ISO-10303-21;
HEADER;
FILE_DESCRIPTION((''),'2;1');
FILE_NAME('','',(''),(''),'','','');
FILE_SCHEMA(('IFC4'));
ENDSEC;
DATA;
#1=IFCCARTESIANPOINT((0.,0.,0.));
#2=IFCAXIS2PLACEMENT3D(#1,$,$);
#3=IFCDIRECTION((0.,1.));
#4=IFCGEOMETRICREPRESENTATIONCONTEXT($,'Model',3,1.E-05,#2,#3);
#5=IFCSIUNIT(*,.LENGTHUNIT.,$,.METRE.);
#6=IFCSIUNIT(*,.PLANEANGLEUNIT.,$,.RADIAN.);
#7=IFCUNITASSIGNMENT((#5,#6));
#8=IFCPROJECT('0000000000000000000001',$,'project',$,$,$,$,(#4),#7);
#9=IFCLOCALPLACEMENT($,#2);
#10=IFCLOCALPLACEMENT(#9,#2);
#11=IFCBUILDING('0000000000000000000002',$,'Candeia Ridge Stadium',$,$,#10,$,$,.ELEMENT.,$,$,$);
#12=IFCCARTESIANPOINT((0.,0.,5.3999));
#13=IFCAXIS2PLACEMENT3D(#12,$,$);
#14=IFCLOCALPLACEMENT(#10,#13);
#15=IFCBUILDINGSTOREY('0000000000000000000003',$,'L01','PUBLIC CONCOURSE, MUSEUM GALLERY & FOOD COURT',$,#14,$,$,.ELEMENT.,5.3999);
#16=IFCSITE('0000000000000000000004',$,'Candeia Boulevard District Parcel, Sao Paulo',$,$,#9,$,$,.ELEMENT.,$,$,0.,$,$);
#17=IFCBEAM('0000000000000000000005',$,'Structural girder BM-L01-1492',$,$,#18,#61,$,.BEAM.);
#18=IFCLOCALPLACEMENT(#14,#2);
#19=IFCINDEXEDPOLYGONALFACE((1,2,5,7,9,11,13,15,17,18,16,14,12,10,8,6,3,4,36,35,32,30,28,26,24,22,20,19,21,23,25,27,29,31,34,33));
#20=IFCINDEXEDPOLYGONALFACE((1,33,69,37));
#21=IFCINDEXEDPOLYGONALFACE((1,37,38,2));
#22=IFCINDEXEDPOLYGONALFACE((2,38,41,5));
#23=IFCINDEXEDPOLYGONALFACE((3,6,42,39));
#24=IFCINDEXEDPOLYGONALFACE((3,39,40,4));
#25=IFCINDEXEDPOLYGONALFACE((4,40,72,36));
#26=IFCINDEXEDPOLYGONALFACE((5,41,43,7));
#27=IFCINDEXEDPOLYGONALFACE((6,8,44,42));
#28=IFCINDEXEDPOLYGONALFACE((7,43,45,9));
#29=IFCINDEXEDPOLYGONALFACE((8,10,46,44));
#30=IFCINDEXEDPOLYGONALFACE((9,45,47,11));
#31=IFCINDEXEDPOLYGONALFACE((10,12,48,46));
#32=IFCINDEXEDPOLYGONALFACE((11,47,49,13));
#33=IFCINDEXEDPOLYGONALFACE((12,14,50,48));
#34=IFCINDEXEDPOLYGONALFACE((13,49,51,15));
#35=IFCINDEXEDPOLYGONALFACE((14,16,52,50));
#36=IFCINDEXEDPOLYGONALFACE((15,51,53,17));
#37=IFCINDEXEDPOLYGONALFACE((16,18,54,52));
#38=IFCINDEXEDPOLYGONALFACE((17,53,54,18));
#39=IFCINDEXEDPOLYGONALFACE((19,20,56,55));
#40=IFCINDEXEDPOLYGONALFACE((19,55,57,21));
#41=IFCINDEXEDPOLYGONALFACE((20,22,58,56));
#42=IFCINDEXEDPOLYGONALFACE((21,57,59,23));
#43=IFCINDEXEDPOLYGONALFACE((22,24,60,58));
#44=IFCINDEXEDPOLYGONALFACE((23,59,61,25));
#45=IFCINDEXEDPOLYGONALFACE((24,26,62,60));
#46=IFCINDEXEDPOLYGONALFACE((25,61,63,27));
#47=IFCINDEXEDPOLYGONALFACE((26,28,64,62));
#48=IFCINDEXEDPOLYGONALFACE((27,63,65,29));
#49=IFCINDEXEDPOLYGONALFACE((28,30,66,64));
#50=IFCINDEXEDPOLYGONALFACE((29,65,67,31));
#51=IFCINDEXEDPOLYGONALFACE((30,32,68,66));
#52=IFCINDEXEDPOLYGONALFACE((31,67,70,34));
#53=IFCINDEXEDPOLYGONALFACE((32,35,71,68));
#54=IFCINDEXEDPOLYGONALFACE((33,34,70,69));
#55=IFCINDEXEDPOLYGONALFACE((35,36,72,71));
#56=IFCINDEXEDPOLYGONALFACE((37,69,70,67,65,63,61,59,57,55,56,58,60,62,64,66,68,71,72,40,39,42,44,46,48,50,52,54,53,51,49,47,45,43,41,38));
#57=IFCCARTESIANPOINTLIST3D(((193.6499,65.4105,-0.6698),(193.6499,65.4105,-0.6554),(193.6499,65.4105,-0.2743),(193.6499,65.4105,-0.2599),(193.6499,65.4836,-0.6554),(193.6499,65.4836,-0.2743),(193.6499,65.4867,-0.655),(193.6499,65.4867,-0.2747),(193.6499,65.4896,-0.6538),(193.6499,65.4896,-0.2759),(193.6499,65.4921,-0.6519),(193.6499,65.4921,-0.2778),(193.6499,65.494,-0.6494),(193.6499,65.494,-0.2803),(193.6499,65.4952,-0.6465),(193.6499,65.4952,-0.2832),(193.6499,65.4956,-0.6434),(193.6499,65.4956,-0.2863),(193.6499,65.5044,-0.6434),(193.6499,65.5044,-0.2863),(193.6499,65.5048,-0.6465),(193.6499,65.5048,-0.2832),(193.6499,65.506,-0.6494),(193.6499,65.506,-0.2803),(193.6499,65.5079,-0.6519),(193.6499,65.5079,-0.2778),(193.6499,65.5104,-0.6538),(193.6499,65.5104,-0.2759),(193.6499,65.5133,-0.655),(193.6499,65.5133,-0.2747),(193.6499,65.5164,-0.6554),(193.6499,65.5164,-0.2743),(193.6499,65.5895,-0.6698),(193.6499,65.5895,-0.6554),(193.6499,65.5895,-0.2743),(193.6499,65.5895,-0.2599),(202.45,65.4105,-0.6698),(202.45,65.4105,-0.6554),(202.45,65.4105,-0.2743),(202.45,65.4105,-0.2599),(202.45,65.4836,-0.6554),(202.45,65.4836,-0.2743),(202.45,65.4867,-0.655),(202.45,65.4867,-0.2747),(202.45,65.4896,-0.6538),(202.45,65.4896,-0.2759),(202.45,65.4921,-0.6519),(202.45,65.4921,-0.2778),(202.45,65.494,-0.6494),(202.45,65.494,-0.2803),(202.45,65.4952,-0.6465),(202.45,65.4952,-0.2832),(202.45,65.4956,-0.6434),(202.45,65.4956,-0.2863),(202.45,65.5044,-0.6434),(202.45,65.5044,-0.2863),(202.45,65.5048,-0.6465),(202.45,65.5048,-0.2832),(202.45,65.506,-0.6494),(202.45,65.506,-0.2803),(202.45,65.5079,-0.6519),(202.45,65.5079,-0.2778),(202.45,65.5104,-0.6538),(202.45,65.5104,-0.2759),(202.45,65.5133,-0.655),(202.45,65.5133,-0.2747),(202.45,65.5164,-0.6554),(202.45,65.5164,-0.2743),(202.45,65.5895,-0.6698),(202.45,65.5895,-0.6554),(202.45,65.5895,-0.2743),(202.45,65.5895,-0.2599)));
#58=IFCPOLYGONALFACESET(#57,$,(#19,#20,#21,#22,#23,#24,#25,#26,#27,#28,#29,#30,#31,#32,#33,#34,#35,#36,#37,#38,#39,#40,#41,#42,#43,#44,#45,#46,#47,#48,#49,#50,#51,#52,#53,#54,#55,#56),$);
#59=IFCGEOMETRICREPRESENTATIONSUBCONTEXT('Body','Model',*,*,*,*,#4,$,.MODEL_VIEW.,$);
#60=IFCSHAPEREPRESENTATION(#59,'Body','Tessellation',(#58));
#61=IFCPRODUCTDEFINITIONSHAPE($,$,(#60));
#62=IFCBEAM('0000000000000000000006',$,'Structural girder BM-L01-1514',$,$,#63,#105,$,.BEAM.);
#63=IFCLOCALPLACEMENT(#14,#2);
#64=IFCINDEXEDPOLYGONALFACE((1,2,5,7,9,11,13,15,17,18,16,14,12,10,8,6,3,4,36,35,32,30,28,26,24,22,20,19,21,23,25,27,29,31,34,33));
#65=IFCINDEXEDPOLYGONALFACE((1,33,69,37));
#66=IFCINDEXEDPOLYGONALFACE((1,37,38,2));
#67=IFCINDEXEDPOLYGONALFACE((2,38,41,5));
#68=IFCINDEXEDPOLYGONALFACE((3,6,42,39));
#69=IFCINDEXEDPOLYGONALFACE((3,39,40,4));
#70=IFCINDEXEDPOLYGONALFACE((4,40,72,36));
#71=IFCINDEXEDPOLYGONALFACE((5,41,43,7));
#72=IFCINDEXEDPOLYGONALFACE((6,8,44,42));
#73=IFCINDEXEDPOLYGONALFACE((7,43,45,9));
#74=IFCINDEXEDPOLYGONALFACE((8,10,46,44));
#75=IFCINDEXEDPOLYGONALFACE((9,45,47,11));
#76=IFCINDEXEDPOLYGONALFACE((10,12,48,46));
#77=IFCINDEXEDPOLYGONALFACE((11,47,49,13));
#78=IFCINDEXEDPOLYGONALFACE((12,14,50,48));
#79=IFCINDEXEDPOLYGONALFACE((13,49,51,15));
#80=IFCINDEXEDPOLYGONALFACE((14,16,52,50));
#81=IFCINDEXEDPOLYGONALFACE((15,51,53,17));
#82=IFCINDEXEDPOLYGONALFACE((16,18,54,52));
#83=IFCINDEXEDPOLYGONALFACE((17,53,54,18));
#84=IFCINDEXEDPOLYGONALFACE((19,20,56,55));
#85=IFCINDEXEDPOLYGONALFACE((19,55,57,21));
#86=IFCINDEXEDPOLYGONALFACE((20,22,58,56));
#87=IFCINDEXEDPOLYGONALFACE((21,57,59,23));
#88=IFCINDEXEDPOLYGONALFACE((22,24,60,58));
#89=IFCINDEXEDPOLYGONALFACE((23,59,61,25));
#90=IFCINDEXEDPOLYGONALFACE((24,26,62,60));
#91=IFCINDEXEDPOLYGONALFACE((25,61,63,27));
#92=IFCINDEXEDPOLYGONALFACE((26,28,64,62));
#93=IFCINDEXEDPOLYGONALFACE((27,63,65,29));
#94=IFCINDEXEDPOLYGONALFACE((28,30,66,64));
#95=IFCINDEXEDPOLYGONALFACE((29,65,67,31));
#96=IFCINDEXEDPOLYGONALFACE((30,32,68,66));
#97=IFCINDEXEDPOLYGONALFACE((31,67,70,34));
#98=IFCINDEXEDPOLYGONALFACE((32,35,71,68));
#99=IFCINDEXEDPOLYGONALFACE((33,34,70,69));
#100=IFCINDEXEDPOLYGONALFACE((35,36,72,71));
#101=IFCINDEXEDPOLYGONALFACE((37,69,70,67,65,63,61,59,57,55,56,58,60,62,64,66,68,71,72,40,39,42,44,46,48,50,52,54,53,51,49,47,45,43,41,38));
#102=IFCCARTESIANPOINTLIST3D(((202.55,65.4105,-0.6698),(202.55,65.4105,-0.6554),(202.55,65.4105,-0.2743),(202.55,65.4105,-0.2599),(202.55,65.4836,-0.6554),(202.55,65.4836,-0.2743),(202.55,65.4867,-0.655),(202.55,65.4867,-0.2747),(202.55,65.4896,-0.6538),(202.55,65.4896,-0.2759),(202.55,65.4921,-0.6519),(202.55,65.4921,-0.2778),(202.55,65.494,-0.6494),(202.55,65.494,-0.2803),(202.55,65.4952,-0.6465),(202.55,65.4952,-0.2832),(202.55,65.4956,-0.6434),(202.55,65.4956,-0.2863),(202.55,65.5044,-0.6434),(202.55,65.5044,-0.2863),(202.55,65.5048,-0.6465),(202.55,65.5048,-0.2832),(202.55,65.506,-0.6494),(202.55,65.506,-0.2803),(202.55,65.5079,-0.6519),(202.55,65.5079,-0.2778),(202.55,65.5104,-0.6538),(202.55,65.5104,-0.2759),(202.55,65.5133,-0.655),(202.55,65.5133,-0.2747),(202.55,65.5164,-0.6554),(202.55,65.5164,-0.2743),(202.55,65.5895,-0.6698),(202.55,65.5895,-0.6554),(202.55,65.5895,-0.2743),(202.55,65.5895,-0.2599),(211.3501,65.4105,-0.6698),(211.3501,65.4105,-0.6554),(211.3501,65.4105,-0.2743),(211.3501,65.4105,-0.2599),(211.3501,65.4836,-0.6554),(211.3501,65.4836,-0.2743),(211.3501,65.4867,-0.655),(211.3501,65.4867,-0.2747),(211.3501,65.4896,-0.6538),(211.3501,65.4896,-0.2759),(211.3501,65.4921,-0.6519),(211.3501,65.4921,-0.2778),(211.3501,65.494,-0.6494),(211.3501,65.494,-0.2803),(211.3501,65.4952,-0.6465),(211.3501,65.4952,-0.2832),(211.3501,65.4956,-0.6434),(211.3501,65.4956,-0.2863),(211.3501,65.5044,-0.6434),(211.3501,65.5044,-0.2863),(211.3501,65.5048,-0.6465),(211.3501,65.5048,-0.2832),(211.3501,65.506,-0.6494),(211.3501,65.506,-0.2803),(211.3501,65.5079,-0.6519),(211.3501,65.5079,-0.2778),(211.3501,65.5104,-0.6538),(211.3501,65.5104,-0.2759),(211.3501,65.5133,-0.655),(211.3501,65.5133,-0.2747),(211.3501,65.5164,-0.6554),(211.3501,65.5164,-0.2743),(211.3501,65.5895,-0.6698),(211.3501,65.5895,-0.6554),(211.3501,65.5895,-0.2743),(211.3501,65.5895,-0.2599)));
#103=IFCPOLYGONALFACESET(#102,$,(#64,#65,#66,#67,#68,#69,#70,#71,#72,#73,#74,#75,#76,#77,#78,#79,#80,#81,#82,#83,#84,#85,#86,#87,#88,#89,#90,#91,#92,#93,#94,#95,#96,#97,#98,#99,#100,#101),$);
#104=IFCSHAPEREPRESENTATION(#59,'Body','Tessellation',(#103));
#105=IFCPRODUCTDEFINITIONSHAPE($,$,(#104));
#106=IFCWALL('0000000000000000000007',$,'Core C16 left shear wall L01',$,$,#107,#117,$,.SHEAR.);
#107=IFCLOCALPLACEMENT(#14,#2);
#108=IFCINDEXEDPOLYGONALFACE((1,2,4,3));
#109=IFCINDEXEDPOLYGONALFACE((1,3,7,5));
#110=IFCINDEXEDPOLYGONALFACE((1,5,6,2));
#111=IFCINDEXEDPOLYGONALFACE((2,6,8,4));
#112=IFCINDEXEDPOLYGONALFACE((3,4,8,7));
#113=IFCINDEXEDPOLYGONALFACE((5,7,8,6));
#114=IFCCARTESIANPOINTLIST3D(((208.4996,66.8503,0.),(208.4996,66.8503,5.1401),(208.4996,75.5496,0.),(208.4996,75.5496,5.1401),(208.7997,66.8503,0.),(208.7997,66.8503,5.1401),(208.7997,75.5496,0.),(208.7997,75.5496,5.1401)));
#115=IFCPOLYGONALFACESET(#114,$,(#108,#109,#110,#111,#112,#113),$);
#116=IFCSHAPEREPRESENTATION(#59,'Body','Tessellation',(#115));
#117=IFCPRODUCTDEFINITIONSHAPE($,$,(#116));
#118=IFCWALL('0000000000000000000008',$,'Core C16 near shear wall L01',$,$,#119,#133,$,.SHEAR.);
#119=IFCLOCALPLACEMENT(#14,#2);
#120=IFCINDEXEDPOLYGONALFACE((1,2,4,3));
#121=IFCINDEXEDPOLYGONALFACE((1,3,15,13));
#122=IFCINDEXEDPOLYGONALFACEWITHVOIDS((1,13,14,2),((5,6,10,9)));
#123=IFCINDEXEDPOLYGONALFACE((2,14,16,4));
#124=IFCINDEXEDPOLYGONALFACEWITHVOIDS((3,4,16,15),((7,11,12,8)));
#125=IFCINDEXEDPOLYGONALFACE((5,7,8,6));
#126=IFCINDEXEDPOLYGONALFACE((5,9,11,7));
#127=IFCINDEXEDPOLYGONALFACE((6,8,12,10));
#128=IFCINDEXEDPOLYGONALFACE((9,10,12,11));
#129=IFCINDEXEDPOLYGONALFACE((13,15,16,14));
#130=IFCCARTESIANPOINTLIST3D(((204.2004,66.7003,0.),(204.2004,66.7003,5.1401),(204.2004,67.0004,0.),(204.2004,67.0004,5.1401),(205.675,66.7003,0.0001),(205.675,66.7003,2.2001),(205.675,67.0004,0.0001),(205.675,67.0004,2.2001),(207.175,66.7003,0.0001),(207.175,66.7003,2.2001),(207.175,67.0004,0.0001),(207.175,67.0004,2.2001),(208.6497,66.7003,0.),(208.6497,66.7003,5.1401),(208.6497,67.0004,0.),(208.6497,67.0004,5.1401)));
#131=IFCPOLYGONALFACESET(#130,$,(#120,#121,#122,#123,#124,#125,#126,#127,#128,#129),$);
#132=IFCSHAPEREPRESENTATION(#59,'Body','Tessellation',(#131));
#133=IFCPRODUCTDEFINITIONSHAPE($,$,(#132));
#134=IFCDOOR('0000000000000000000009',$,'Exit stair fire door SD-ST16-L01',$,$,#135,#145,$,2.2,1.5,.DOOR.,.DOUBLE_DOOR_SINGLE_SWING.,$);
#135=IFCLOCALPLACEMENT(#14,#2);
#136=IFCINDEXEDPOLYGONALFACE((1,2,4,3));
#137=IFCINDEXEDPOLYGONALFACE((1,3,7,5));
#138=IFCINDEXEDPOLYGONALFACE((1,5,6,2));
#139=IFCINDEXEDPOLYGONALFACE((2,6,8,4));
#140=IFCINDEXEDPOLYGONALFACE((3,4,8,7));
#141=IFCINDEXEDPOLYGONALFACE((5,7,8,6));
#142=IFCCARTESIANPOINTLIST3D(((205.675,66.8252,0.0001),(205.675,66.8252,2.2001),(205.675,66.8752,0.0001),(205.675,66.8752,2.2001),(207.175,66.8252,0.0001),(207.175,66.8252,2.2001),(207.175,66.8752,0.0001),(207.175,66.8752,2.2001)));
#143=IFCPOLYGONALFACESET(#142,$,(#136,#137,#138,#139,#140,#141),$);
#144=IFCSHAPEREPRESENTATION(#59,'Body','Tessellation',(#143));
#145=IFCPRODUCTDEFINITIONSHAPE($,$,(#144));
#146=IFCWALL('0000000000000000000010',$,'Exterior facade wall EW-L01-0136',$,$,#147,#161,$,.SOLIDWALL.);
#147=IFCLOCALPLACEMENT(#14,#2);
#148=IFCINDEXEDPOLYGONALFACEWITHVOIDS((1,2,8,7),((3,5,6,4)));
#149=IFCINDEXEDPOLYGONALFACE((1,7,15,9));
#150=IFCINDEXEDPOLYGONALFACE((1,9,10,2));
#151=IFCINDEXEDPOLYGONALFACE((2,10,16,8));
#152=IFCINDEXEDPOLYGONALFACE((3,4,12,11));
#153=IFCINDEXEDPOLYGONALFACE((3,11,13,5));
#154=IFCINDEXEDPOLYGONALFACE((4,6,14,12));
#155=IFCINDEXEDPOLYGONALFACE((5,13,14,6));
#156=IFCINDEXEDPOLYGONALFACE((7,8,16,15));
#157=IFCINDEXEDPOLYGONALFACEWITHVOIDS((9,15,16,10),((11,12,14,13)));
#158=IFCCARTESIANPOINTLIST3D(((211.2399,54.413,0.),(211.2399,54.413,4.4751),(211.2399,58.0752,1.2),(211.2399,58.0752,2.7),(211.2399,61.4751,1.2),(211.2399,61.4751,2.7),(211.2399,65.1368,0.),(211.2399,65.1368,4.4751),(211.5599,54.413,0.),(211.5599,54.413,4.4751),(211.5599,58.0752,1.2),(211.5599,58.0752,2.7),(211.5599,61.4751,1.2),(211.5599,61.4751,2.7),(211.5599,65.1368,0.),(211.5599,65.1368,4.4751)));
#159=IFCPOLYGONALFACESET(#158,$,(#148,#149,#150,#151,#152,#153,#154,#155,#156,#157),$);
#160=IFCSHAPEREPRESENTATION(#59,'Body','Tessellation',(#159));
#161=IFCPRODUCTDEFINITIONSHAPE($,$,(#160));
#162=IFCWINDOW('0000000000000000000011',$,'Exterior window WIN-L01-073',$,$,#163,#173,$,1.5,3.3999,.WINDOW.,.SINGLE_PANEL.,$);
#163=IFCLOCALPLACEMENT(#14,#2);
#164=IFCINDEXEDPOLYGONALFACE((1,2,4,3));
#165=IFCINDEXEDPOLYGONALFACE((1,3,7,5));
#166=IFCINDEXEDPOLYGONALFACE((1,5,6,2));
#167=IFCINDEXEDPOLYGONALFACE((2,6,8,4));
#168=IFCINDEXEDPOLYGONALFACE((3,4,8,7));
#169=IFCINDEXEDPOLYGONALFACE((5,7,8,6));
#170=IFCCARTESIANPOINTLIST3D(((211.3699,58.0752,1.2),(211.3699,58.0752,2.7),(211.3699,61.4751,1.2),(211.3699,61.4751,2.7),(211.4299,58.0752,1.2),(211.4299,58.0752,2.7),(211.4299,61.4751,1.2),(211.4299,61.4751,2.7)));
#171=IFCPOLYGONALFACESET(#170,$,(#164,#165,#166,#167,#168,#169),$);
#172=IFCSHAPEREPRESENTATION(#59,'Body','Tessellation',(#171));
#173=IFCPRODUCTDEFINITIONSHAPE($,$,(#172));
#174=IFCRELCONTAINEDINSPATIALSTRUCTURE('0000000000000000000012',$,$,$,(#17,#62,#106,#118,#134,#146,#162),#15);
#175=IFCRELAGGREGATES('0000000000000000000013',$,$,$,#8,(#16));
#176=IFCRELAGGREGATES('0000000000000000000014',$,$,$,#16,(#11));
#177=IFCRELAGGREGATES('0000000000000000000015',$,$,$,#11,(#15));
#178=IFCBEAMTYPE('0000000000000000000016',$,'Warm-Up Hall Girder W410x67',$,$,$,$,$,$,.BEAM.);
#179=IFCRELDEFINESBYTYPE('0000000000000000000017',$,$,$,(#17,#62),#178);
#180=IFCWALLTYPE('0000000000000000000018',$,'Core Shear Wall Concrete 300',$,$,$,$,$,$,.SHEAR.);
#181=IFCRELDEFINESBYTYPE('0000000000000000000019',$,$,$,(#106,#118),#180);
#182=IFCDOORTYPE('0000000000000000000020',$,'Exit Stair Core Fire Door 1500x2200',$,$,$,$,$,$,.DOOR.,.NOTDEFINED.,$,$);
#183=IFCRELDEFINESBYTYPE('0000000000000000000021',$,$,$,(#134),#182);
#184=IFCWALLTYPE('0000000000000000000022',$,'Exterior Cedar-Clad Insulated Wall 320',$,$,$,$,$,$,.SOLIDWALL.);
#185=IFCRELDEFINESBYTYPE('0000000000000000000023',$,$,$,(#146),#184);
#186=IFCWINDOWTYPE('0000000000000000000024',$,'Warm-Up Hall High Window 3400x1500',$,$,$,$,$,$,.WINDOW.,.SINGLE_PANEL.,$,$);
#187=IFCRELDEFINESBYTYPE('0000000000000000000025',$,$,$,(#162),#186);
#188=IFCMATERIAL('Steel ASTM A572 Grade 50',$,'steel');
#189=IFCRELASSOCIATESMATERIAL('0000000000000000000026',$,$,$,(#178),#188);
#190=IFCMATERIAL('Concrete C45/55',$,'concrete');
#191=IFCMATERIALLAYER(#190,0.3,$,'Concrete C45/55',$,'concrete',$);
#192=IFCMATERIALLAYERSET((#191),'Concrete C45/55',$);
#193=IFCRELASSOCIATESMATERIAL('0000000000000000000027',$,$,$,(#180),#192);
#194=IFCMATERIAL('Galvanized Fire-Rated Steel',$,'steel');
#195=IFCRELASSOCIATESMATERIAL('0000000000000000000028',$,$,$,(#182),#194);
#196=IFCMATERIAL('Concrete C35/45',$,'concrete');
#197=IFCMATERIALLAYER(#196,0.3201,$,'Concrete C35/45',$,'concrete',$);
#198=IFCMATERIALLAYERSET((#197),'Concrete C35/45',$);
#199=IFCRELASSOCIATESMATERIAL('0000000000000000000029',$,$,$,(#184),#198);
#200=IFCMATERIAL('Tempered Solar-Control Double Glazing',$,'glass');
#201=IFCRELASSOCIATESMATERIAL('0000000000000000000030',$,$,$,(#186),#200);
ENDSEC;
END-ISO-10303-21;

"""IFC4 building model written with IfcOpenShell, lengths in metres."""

from ifc_helpers import new_model, si_unit, direction, frame, frame_2d, origin, origin_2d, place, context, subcontext, project, spatial, rectangle, i_section, extrude, material, layer, layer_set, material_profile, profile_set, type_object, element, fill, save


model = new_model("IFC4")

# Units and contexts
model_context = context("Model", 3, precision=1e-05, world=origin(), true_north=direction((0.0, 1.0)))
body_context = subcontext(model_context, "Body", "Model", "MODEL_VIEW")
ifc_project = project(units=[si_unit("LENGTHUNIT", "METRE"), si_unit("PLANEANGLEUNIT", "RADIAN")], contexts=[model_context])

# Site, building, storey
site_placement = place(None, origin())
site = spatial("IfcSite", under=ifc_project, at=site_placement, Name="Candeia Boulevard District Parcel, Sao Paulo", CompositionType="ELEMENT", RefElevation=0.0)
building_placement = place(site_placement, origin())
building = spatial("IfcBuilding", under=site, at=building_placement, Name="Candeia Ridge Stadium", CompositionType="ELEMENT")
storey_placement = place(building_placement, frame((0.0, 0.0, 5.3999)))
storey = spatial("IfcBuildingStorey", under=building, at=storey_placement, Name="L01", Description="PUBLIC CONCOURSE, MUSEUM GALLERY & FOOD COURT", CompositionType="ELEMENT", Elevation=5.3999)

# Beams
ifc_material_1 = material(Name="Steel ASTM A572 Grade 50", Category="steel")
ifc_material_profile_1 = material_profile(ifc_material_1, i_section(OverallWidth=0.179, OverallDepth=0.4099, WebThickness=0.0088, FlangeThickness=0.0144, FilletRadius=0.012, at=origin_2d()), Name="W410x67", Category="steel")
ifc_profile_set_1 = profile_set([ifc_material_profile_1], Name="Steel ASTM A572 Grade 50")
beam_type_1 = type_object("IfcBeamType", Name="Warm-Up Hall Girder W410x67", PredefinedType="BEAM", material=ifc_profile_set_1)
for number, where, z_axis, x_axis, name in (
    (1, (193.6499, 65.5, -0.4648), (1.0, 0.0, 0.0), (0.0, 1.0, 0.0), "Structural girder BM-L01-1492"),
    (2, (202.55, 65.5, -0.4648), (1.0, 0.0, 0.0), (0.0, 1.0, 0.0), "Structural girder BM-L01-1514"),
):
    element("IfcBeam", number, at=place(storey_placement, frame(where, z_axis=z_axis, x_axis=x_axis)), inside=storey, type_object=beam_type_1, Name=name, PredefinedType="BEAM", context=body_context, shape_type="SweptSolid", body=[
        extrude(i_section(OverallWidth=0.179, OverallDepth=0.4099, WebThickness=0.0088, FlangeThickness=0.0144, FilletRadius=0.012, at=origin_2d()), origin(), (0.0, 0.0, 1.0), 8.8),
    ])

# Wall
ifc_material_2 = material(Name="Concrete C45/55", Category="concrete")
ifc_layer_1 = layer(ifc_material_2, 0.3, Name="Concrete C45/55", Category="concrete")
ifc_layer_set_1 = layer_set([ifc_layer_1], Name="Concrete C45/55")
wall_type_1 = type_object("IfcWallType", Name="Core Shear Wall Concrete 300", PredefinedType="SHEAR", material=ifc_layer_set_1)
wall_1_placement = place(storey_placement, frame((208.6497, 66.8503, 0.0), z_axis=(0.0, 0.0, 1.0), x_axis=(0.0, 1.0, 0.0)))
element("IfcWall", 3, at=wall_1_placement, inside=storey, type_object=wall_type_1, Name="Core C16 left shear wall L01", PredefinedType="SHEAR", context=body_context, shape_type="SweptSolid", body=[
    extrude(rectangle(XDim=8.6992, YDim=0.3, at=frame_2d((4.3496, 0.0))), origin(), (0.0, 0.0, 1.0), 5.1401),
])

# Wall, opening, door
wall_2_placement = place(storey_placement, frame((204.2004, 66.8503, 0.0), z_axis=(0.0, 0.0, 1.0), x_axis=(1.0, 0.0, 0.0)))
wall_2 = element("IfcWall", 4, at=wall_2_placement, inside=storey, type_object=wall_type_1, Name="Core C16 near shear wall L01", PredefinedType="SHEAR", context=body_context, shape_type="SweptSolid", body=[
    extrude(rectangle(XDim=4.4492, YDim=0.3, at=frame_2d((2.2246, 0.0))), origin(), (0.0, 0.0, 1.0), 5.1401),
])
opening_1_placement = place(wall_2_placement, frame((1.4746, 0.0, 0.0)))
opening_1 = element("IfcOpeningElement", 5, at=opening_1_placement, cuts=wall_2, PredefinedType="OPENING", context=body_context, shape_type="SweptSolid", body=[
    extrude(rectangle(XDim=1.5, YDim=2.2, at=frame_2d((0.75, 1.1001))), frame((0.0, 0.1599, 0.0), z_axis=(0.0, -1.0, 0.0), x_axis=(1.0, 0.0, 0.0)), (0.0, 0.0, 1.0), 0.3201),
])
ifc_material_3 = material(Name="Galvanized Fire-Rated Steel", Category="steel")
door_type = type_object("IfcDoorType", Name="Exit Stair Core Fire Door 1500x2200", OperationType="NOTDEFINED", PredefinedType="DOOR", material=ifc_material_3)
door_placement = place(opening_1_placement, origin())
door = element("IfcDoor", 6, at=door_placement, inside=storey, type_object=door_type, Name="Exit stair fire door SD-ST16-L01", OperationType="DOUBLE_DOOR_SINGLE_SWING", OverallHeight=2.2, OverallWidth=1.5, PredefinedType="DOOR", context=body_context, shape_type="SweptSolid", body=[
    extrude(rectangle(XDim=1.5, YDim=2.2, at=frame_2d((0.75, 1.1001))), frame((0.0, 0.0249, 0.0), z_axis=(0.0, -1.0, 0.0), x_axis=(1.0, 0.0, 0.0)), (0.0, 0.0, 1.0), 0.05),
])
fill(opening_1, door)

# Wall, opening, window
ifc_material_4 = material(Name="Concrete C35/45", Category="concrete")
ifc_layer_2 = layer(ifc_material_4, 0.3201, Name="Concrete C35/45", Category="concrete")
ifc_layer_set_2 = layer_set([ifc_layer_2], Name="Concrete C35/45")
wall_type_2 = type_object("IfcWallType", Name="Exterior Cedar-Clad Insulated Wall 320", PredefinedType="SOLIDWALL", material=ifc_layer_set_2)
wall_3_placement = place(storey_placement, frame((211.3999, 54.4131, 0.0), z_axis=(0.0, 0.0, 1.0), x_axis=(0.0, 1.0, 0.0)))
wall_3 = element("IfcWall", 7, at=wall_3_placement, inside=storey, type_object=wall_type_2, Name="Exterior facade wall EW-L01-0136", PredefinedType="SOLIDWALL", context=body_context, shape_type="SweptSolid", body=[
    extrude(rectangle(XDim=10.7239, YDim=0.3201, at=frame_2d((5.3618, 0.0))), origin(), (0.0, 0.0, 1.0), 4.4751),
])
opening_2_placement = place(wall_3_placement, frame((3.6621, 0.0, 1.2)))
opening_2 = element("IfcOpeningElement", 8, at=opening_2_placement, cuts=wall_3, PredefinedType="OPENING", context=body_context, shape_type="SweptSolid", body=[
    extrude(rectangle(XDim=3.3999, YDim=1.5, at=frame_2d((1.7, 0.75))), frame((0.0, 0.1699, 0.0), z_axis=(0.0, -1.0, 0.0), x_axis=(1.0, 0.0, 0.0)), (0.0, 0.0, 1.0), 0.3401),
])
ifc_material_5 = material(Name="Tempered Solar-Control Double Glazing", Category="glass")
window_type = type_object("IfcWindowType", Name="Warm-Up Hall High Window 3400x1500", PartitioningType="SINGLE_PANEL", PredefinedType="WINDOW", material=ifc_material_5)
window_placement = place(opening_2_placement, origin())
window = element("IfcWindow", 9, at=window_placement, inside=storey, type_object=window_type, Name="Exterior window WIN-L01-073", OverallHeight=1.5, OverallWidth=3.3999, PartitioningType="SINGLE_PANEL", PredefinedType="WINDOW", context=body_context, shape_type="SweptSolid", body=[
    extrude(rectangle(XDim=3.3999, YDim=1.5, at=frame_2d((1.7, 0.75))), frame((0.0, 0.03, 0.0), z_axis=(0.0, -1.0, 0.0), x_axis=(1.0, 0.0, 0.0)), (0.0, 0.0, 1.0), 0.0601),
])
fill(opening_2, window)

save(model, "model.ifc")
